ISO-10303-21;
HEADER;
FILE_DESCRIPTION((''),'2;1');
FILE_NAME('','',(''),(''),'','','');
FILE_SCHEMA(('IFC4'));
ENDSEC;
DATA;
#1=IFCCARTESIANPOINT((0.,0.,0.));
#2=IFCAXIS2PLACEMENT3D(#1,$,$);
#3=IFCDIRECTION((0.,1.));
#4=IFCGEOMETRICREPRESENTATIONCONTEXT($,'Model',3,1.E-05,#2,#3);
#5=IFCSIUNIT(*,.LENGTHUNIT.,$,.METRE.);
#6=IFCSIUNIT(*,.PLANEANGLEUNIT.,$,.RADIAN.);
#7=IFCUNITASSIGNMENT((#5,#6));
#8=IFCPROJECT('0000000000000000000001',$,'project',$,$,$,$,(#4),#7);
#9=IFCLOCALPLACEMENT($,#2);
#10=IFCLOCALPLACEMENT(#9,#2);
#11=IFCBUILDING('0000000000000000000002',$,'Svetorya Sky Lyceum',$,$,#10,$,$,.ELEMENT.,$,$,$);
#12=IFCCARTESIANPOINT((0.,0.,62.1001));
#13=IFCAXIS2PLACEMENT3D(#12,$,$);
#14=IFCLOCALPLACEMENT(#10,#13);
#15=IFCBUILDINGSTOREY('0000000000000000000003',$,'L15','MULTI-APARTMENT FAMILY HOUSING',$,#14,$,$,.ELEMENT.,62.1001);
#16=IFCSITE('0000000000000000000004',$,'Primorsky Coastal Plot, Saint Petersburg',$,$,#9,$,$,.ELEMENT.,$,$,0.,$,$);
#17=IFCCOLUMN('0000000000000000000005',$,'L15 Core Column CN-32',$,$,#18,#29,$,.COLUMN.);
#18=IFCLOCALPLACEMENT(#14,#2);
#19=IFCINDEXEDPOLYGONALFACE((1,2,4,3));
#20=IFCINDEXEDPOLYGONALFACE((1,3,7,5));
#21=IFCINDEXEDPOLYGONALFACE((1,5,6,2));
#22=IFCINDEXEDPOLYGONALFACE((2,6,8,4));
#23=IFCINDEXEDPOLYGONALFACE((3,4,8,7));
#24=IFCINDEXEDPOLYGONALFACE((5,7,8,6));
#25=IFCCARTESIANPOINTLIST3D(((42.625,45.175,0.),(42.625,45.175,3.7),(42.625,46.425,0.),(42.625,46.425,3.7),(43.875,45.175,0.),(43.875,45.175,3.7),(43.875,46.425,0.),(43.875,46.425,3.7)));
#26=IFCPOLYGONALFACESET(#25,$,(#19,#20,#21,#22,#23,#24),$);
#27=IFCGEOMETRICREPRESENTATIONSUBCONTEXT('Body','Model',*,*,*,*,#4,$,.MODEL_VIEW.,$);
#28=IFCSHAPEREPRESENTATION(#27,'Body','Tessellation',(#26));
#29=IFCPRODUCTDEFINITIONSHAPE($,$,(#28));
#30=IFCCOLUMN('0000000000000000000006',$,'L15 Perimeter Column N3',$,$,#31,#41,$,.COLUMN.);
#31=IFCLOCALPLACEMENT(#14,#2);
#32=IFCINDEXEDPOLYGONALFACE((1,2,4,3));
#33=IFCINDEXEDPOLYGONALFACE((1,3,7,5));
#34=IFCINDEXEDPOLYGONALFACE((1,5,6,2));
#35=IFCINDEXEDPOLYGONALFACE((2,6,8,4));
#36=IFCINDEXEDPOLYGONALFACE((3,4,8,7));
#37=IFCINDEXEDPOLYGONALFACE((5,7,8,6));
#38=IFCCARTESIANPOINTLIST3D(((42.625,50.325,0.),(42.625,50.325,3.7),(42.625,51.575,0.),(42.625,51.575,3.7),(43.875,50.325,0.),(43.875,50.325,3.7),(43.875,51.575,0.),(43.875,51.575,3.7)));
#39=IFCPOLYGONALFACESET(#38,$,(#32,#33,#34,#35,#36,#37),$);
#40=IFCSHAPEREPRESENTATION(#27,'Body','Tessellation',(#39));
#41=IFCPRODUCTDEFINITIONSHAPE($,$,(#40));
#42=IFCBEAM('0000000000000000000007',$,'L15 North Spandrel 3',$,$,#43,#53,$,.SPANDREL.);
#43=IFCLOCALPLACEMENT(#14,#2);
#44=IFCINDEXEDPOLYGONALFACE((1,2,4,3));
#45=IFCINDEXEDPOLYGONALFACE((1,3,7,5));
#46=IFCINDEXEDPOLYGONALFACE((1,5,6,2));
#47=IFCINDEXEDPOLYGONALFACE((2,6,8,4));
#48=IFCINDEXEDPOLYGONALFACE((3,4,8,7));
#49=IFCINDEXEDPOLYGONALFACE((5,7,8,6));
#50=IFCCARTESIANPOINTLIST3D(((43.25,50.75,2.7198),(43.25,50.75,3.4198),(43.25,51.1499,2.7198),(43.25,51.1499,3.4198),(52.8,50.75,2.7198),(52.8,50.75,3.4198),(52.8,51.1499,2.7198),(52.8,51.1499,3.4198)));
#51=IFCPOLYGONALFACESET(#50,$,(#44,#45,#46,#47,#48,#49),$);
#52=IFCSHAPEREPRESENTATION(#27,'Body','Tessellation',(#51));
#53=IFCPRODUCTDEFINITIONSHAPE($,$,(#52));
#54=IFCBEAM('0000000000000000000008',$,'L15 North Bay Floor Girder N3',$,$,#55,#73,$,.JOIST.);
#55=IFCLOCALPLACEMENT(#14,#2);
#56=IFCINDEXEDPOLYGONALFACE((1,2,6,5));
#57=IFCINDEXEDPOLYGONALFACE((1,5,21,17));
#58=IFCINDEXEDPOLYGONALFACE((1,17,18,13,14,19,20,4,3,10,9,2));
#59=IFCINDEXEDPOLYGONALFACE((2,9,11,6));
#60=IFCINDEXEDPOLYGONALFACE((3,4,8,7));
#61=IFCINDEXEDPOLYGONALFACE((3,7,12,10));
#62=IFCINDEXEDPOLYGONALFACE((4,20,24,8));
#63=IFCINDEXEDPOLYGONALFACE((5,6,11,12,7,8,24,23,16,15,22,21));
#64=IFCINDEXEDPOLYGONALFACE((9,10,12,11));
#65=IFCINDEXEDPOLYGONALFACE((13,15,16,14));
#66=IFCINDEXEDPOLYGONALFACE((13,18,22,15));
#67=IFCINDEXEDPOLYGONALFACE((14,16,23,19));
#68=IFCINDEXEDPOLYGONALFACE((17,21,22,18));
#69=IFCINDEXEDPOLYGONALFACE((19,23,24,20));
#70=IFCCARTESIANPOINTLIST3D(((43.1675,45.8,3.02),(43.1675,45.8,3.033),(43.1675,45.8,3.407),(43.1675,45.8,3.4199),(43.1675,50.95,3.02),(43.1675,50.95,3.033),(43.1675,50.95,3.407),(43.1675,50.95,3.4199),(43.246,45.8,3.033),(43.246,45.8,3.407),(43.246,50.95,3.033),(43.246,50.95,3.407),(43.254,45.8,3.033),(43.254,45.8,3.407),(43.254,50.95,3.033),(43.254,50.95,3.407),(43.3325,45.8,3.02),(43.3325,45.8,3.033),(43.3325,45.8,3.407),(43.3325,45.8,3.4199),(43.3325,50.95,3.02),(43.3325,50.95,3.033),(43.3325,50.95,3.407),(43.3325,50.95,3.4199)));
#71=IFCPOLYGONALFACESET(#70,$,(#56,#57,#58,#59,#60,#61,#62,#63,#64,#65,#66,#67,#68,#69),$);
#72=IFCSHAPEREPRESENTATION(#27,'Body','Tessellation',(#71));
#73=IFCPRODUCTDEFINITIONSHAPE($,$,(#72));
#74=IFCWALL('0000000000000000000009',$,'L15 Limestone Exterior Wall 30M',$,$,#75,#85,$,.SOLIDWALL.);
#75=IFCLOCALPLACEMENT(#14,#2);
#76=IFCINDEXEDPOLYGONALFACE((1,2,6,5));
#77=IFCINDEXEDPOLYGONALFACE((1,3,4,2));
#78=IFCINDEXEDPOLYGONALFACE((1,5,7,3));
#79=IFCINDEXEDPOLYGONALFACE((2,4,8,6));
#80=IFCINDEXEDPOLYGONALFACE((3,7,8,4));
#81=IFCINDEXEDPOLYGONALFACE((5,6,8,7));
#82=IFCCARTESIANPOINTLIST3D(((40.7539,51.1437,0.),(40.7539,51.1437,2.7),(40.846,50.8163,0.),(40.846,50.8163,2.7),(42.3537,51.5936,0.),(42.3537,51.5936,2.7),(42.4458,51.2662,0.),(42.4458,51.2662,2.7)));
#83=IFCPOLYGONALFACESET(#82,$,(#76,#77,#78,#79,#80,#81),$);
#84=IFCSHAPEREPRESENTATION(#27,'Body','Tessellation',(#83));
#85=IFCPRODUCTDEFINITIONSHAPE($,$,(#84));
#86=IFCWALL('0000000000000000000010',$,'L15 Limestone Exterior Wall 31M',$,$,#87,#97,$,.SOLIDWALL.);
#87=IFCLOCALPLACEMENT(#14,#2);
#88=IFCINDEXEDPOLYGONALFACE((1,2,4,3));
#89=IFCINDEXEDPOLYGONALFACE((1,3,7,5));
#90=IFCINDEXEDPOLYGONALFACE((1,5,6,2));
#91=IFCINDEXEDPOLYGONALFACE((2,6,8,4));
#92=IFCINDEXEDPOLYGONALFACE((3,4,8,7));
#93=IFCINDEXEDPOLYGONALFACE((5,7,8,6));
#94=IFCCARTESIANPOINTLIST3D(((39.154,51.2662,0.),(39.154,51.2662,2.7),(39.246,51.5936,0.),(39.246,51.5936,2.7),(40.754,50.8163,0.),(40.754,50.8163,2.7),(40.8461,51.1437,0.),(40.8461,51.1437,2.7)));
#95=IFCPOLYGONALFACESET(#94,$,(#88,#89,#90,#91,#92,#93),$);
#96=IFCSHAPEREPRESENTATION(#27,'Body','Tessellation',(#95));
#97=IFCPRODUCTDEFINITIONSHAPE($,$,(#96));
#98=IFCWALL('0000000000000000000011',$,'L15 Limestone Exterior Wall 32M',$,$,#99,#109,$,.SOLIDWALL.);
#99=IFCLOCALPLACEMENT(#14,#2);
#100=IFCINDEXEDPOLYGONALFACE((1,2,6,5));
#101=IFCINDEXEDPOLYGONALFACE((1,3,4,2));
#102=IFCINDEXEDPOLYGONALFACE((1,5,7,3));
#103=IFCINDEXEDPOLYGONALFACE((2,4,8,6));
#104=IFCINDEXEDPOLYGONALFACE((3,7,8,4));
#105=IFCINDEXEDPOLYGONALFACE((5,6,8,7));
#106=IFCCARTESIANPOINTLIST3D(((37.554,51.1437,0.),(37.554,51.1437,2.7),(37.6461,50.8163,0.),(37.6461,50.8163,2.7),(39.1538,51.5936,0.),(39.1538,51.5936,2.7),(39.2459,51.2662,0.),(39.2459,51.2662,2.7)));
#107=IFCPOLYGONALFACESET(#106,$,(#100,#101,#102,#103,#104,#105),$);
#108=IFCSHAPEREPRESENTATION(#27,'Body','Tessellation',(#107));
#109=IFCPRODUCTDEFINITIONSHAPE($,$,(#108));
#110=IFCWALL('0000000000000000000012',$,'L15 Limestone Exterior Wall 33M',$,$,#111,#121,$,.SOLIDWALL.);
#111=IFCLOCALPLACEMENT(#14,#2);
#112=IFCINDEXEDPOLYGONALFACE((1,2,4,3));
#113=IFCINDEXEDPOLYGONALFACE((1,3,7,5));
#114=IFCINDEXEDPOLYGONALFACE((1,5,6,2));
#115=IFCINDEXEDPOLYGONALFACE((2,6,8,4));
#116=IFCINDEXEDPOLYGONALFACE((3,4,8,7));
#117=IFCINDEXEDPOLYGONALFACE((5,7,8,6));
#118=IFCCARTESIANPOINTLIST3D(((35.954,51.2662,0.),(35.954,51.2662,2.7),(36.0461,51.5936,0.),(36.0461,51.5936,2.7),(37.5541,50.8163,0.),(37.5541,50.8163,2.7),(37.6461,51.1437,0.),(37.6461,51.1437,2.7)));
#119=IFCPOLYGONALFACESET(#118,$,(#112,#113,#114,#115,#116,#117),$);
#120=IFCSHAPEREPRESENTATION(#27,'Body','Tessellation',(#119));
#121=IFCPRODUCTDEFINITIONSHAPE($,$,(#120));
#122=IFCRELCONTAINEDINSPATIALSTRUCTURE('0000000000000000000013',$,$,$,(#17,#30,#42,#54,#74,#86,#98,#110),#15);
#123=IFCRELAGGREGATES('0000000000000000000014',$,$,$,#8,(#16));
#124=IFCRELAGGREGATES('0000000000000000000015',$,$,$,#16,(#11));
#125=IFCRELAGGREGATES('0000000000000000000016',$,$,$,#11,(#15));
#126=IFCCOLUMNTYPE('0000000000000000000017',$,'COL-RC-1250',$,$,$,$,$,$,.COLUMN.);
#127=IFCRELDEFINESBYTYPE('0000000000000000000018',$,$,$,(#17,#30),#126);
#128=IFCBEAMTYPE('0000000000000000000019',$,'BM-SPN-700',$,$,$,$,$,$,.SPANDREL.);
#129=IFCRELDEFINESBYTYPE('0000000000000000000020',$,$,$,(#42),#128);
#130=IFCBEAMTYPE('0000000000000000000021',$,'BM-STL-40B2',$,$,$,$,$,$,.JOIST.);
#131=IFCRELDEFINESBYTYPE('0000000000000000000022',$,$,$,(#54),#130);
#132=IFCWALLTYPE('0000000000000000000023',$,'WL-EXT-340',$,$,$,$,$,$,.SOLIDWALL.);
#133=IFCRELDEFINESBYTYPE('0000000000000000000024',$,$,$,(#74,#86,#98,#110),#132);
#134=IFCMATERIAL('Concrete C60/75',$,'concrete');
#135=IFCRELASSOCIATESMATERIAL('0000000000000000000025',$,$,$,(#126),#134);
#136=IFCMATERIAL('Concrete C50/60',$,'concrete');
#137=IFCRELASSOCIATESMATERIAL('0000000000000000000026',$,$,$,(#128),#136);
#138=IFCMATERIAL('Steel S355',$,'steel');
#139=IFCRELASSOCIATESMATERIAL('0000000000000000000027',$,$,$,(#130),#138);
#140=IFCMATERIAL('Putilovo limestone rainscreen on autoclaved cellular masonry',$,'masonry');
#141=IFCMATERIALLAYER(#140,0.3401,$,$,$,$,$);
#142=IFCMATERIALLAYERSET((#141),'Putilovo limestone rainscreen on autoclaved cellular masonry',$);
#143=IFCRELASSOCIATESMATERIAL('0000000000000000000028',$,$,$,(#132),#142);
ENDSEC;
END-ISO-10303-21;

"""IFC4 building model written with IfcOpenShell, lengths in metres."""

from ifc_helpers import new_model, si_unit, direction, frame, frame_2d, origin, origin_2d, place, context, subcontext, project, spatial, rectangle, i_section, extrude, material, layer, layer_set, material_profile, profile_set, type_object, element, save


model = new_model("IFC4")

# Units and contexts
model_context = context("Model", 3, precision=1e-05, world=origin(), true_north=direction((0.0, 1.0)))
body_context = subcontext(model_context, "Body", "Model", "MODEL_VIEW")
ifc_project = project(units=[si_unit("LENGTHUNIT", "METRE"), si_unit("PLANEANGLEUNIT", "RADIAN")], contexts=[model_context])

# Site, building, storey
site_placement = place(None, origin())
site = spatial("IfcSite", under=ifc_project, at=site_placement, Name="Primorsky Coastal Plot, Saint Petersburg", CompositionType="ELEMENT", RefElevation=0.0)
building_placement = place(site_placement, origin())
building = spatial("IfcBuilding", under=site, at=building_placement, Name="Svetorya Sky Lyceum", CompositionType="ELEMENT")
storey_placement = place(building_placement, frame((0.0, 0.0, 62.1001)))
storey = spatial("IfcBuildingStorey", under=building, at=storey_placement, Name="L15", Description="MULTI-APARTMENT FAMILY HOUSING", CompositionType="ELEMENT", Elevation=62.1001)

# Columns
ifc_material_1 = material(Name="Concrete C60/75", Category="concrete")
ifc_material_profile_1 = material_profile(ifc_material_1, rectangle(XDim=1.25, YDim=1.25, at=origin_2d()), Name="RC COL 1250x1250")
ifc_profile_set_1 = profile_set([ifc_material_profile_1], Name="Concrete C60/75")
column_type = type_object("IfcColumnType", Name="COL-RC-1250", PredefinedType="COLUMN", material=ifc_profile_set_1)
for number, where, z_axis, x_axis, name in (
    (1, (43.25, 45.8, 0.0), (0.0, 0.0, 1.0), (1.0, 0.0, 0.0), "L15 Core Column CN-32"),
    (2, (43.25, 50.95, 0.0), (0.0, 0.0, 1.0), (1.0, 0.0, 0.0), "L15 Perimeter Column N3"),
):
    element("IfcColumn", number, at=place(storey_placement, frame(where, z_axis=z_axis, x_axis=x_axis)), inside=storey, type_object=column_type, Name=name, PredefinedType="COLUMN", context=body_context, shape_type="SweptSolid", body=[
        extrude(rectangle(XDim=1.25, YDim=1.25, at=origin_2d()), origin(), (0.0, 0.0, 1.0), 3.7),
    ])

# Beams
ifc_material_2 = material(Name="Concrete C50/60", Category="concrete")
ifc_material_profile_2 = material_profile(ifc_material_2, rectangle(XDim=0.3999, YDim=0.7, at=origin_2d()), Name="RC SPANDREL 400x700")
ifc_profile_set_2 = profile_set([ifc_material_profile_2], Name="Concrete C50/60")
beam_type_1 = type_object("IfcBeamType", Name="BM-SPN-700", PredefinedType="SPANDREL", material=ifc_profile_set_2)
beam_1_placement = place(storey_placement, frame((43.25, 50.95, 3.0698), z_axis=(1.0, 0.0, 0.0), x_axis=(0.0, 1.0, 0.0)))
element("IfcBeam", 3, at=beam_1_placement, inside=storey, type_object=beam_type_1, Name="L15 North Spandrel 3", PredefinedType="SPANDREL", context=body_context, shape_type="SweptSolid", body=[
    extrude(rectangle(XDim=0.3999, YDim=0.7, at=origin_2d()), origin(), (0.0, 0.0, 1.0), 9.55),
])
ifc_material_3 = material(Name="Steel S355", Category="steel")
ifc_material_profile_3 = material_profile(ifc_material_3, i_section(OverallWidth=0.165, OverallDepth=0.3999, WebThickness=0.0081, FlangeThickness=0.0129, at=origin_2d()), Name="GOST 40B2")
ifc_profile_set_3 = profile_set([ifc_material_profile_3], Name="Steel S355")
beam_type_2 = type_object("IfcBeamType", Name="BM-STL-40B2", PredefinedType="JOIST", material=ifc_profile_set_3)
beam_2_placement = place(storey_placement, frame((43.25, 45.8, 3.22), z_axis=(0.0, 1.0, 0.0), x_axis=(-1.0, 0.0, 0.0)))
element("IfcBeam", 4, at=beam_2_placement, inside=storey, type_object=beam_type_2, Name="L15 North Bay Floor Girder N3", PredefinedType="JOIST", context=body_context, shape_type="SweptSolid", body=[
    extrude(i_section(OverallWidth=0.165, OverallDepth=0.3999, WebThickness=0.0081, FlangeThickness=0.0129, at=origin_2d()), origin(), (0.0, 0.0, 1.0), 5.1499),
])

# Walls
ifc_material_4 = material(Name="Putilovo limestone rainscreen on autoclaved cellular masonry", Category="masonry")
ifc_layer_1 = layer(ifc_material_4, 0.3401)
ifc_layer_set_1 = layer_set([ifc_layer_1], Name="Putilovo limestone rainscreen on autoclaved cellular masonry")
wall_type_1 = type_object("IfcWallType", Name="WL-EXT-340", PredefinedType="SOLIDWALL", material=ifc_layer_set_1)
wall_1_placement = place(storey_placement, frame((42.3999, 51.4299, 0.0), z_axis=(0.0, 0.0, 1.0), x_axis=(-0.962652, -0.270741, 0.0)))
element("IfcWall", 5, at=wall_1_placement, inside=storey, type_object=wall_type_1, Name="L15 Limestone Exterior Wall 30M", PredefinedType="SOLIDWALL", context=body_context, shape_type="SweptSolid", body=[
    extrude(rectangle(XDim=1.6619, YDim=0.3401, at=frame_2d((0.8311, 0.0))), origin(), (0.0, 0.0, 1.0), 2.7),
])
wall_2_placement = place(storey_placement, frame((40.8, 50.98, 0.0), z_axis=(0.0, 0.0, 1.0), x_axis=(-0.962663, 0.270703, 0.0)))
element("IfcWall", 6, at=wall_2_placement, inside=storey, type_object=wall_type_1, Name="L15 Limestone Exterior Wall 31M", PredefinedType="SOLIDWALL", context=body_context, shape_type="SweptSolid", body=[
    extrude(rectangle(XDim=1.6621, YDim=0.3401, at=frame_2d((0.8311, 0.0))), origin(), (0.0, 0.0, 1.0), 2.7),
])
wall_3_placement = place(storey_placement, frame((39.2, 51.4299, 0.0), z_axis=(0.0, 0.0, 1.0), x_axis=(-0.962652, -0.270741, 0.0)))
element("IfcWall", 7, at=wall_3_placement, inside=storey, type_object=wall_type_1, Name="L15 Limestone Exterior Wall 32M", PredefinedType="SOLIDWALL", context=body_context, shape_type="SweptSolid", body=[
    extrude(rectangle(XDim=1.6619, YDim=0.3401, at=frame_2d((0.8311, 0.0))), origin(), (0.0, 0.0, 1.0), 2.7),
])
wall_4_placement = place(storey_placement, frame((37.6001, 50.98, 0.0), z_axis=(0.0, 0.0, 1.0), x_axis=(-0.962663, 0.270703, 0.0)))
element("IfcWall", 8, at=wall_4_placement, inside=storey, type_object=wall_type_1, Name="L15 Limestone Exterior Wall 33M", PredefinedType="SOLIDWALL", context=body_context, shape_type="SweptSolid", body=[
    extrude(rectangle(XDim=1.6621, YDim=0.3401, at=frame_2d((0.8311, 0.0))), origin(), (0.0, 0.0, 1.0), 2.7),
])

save(model, "model.ifc")
